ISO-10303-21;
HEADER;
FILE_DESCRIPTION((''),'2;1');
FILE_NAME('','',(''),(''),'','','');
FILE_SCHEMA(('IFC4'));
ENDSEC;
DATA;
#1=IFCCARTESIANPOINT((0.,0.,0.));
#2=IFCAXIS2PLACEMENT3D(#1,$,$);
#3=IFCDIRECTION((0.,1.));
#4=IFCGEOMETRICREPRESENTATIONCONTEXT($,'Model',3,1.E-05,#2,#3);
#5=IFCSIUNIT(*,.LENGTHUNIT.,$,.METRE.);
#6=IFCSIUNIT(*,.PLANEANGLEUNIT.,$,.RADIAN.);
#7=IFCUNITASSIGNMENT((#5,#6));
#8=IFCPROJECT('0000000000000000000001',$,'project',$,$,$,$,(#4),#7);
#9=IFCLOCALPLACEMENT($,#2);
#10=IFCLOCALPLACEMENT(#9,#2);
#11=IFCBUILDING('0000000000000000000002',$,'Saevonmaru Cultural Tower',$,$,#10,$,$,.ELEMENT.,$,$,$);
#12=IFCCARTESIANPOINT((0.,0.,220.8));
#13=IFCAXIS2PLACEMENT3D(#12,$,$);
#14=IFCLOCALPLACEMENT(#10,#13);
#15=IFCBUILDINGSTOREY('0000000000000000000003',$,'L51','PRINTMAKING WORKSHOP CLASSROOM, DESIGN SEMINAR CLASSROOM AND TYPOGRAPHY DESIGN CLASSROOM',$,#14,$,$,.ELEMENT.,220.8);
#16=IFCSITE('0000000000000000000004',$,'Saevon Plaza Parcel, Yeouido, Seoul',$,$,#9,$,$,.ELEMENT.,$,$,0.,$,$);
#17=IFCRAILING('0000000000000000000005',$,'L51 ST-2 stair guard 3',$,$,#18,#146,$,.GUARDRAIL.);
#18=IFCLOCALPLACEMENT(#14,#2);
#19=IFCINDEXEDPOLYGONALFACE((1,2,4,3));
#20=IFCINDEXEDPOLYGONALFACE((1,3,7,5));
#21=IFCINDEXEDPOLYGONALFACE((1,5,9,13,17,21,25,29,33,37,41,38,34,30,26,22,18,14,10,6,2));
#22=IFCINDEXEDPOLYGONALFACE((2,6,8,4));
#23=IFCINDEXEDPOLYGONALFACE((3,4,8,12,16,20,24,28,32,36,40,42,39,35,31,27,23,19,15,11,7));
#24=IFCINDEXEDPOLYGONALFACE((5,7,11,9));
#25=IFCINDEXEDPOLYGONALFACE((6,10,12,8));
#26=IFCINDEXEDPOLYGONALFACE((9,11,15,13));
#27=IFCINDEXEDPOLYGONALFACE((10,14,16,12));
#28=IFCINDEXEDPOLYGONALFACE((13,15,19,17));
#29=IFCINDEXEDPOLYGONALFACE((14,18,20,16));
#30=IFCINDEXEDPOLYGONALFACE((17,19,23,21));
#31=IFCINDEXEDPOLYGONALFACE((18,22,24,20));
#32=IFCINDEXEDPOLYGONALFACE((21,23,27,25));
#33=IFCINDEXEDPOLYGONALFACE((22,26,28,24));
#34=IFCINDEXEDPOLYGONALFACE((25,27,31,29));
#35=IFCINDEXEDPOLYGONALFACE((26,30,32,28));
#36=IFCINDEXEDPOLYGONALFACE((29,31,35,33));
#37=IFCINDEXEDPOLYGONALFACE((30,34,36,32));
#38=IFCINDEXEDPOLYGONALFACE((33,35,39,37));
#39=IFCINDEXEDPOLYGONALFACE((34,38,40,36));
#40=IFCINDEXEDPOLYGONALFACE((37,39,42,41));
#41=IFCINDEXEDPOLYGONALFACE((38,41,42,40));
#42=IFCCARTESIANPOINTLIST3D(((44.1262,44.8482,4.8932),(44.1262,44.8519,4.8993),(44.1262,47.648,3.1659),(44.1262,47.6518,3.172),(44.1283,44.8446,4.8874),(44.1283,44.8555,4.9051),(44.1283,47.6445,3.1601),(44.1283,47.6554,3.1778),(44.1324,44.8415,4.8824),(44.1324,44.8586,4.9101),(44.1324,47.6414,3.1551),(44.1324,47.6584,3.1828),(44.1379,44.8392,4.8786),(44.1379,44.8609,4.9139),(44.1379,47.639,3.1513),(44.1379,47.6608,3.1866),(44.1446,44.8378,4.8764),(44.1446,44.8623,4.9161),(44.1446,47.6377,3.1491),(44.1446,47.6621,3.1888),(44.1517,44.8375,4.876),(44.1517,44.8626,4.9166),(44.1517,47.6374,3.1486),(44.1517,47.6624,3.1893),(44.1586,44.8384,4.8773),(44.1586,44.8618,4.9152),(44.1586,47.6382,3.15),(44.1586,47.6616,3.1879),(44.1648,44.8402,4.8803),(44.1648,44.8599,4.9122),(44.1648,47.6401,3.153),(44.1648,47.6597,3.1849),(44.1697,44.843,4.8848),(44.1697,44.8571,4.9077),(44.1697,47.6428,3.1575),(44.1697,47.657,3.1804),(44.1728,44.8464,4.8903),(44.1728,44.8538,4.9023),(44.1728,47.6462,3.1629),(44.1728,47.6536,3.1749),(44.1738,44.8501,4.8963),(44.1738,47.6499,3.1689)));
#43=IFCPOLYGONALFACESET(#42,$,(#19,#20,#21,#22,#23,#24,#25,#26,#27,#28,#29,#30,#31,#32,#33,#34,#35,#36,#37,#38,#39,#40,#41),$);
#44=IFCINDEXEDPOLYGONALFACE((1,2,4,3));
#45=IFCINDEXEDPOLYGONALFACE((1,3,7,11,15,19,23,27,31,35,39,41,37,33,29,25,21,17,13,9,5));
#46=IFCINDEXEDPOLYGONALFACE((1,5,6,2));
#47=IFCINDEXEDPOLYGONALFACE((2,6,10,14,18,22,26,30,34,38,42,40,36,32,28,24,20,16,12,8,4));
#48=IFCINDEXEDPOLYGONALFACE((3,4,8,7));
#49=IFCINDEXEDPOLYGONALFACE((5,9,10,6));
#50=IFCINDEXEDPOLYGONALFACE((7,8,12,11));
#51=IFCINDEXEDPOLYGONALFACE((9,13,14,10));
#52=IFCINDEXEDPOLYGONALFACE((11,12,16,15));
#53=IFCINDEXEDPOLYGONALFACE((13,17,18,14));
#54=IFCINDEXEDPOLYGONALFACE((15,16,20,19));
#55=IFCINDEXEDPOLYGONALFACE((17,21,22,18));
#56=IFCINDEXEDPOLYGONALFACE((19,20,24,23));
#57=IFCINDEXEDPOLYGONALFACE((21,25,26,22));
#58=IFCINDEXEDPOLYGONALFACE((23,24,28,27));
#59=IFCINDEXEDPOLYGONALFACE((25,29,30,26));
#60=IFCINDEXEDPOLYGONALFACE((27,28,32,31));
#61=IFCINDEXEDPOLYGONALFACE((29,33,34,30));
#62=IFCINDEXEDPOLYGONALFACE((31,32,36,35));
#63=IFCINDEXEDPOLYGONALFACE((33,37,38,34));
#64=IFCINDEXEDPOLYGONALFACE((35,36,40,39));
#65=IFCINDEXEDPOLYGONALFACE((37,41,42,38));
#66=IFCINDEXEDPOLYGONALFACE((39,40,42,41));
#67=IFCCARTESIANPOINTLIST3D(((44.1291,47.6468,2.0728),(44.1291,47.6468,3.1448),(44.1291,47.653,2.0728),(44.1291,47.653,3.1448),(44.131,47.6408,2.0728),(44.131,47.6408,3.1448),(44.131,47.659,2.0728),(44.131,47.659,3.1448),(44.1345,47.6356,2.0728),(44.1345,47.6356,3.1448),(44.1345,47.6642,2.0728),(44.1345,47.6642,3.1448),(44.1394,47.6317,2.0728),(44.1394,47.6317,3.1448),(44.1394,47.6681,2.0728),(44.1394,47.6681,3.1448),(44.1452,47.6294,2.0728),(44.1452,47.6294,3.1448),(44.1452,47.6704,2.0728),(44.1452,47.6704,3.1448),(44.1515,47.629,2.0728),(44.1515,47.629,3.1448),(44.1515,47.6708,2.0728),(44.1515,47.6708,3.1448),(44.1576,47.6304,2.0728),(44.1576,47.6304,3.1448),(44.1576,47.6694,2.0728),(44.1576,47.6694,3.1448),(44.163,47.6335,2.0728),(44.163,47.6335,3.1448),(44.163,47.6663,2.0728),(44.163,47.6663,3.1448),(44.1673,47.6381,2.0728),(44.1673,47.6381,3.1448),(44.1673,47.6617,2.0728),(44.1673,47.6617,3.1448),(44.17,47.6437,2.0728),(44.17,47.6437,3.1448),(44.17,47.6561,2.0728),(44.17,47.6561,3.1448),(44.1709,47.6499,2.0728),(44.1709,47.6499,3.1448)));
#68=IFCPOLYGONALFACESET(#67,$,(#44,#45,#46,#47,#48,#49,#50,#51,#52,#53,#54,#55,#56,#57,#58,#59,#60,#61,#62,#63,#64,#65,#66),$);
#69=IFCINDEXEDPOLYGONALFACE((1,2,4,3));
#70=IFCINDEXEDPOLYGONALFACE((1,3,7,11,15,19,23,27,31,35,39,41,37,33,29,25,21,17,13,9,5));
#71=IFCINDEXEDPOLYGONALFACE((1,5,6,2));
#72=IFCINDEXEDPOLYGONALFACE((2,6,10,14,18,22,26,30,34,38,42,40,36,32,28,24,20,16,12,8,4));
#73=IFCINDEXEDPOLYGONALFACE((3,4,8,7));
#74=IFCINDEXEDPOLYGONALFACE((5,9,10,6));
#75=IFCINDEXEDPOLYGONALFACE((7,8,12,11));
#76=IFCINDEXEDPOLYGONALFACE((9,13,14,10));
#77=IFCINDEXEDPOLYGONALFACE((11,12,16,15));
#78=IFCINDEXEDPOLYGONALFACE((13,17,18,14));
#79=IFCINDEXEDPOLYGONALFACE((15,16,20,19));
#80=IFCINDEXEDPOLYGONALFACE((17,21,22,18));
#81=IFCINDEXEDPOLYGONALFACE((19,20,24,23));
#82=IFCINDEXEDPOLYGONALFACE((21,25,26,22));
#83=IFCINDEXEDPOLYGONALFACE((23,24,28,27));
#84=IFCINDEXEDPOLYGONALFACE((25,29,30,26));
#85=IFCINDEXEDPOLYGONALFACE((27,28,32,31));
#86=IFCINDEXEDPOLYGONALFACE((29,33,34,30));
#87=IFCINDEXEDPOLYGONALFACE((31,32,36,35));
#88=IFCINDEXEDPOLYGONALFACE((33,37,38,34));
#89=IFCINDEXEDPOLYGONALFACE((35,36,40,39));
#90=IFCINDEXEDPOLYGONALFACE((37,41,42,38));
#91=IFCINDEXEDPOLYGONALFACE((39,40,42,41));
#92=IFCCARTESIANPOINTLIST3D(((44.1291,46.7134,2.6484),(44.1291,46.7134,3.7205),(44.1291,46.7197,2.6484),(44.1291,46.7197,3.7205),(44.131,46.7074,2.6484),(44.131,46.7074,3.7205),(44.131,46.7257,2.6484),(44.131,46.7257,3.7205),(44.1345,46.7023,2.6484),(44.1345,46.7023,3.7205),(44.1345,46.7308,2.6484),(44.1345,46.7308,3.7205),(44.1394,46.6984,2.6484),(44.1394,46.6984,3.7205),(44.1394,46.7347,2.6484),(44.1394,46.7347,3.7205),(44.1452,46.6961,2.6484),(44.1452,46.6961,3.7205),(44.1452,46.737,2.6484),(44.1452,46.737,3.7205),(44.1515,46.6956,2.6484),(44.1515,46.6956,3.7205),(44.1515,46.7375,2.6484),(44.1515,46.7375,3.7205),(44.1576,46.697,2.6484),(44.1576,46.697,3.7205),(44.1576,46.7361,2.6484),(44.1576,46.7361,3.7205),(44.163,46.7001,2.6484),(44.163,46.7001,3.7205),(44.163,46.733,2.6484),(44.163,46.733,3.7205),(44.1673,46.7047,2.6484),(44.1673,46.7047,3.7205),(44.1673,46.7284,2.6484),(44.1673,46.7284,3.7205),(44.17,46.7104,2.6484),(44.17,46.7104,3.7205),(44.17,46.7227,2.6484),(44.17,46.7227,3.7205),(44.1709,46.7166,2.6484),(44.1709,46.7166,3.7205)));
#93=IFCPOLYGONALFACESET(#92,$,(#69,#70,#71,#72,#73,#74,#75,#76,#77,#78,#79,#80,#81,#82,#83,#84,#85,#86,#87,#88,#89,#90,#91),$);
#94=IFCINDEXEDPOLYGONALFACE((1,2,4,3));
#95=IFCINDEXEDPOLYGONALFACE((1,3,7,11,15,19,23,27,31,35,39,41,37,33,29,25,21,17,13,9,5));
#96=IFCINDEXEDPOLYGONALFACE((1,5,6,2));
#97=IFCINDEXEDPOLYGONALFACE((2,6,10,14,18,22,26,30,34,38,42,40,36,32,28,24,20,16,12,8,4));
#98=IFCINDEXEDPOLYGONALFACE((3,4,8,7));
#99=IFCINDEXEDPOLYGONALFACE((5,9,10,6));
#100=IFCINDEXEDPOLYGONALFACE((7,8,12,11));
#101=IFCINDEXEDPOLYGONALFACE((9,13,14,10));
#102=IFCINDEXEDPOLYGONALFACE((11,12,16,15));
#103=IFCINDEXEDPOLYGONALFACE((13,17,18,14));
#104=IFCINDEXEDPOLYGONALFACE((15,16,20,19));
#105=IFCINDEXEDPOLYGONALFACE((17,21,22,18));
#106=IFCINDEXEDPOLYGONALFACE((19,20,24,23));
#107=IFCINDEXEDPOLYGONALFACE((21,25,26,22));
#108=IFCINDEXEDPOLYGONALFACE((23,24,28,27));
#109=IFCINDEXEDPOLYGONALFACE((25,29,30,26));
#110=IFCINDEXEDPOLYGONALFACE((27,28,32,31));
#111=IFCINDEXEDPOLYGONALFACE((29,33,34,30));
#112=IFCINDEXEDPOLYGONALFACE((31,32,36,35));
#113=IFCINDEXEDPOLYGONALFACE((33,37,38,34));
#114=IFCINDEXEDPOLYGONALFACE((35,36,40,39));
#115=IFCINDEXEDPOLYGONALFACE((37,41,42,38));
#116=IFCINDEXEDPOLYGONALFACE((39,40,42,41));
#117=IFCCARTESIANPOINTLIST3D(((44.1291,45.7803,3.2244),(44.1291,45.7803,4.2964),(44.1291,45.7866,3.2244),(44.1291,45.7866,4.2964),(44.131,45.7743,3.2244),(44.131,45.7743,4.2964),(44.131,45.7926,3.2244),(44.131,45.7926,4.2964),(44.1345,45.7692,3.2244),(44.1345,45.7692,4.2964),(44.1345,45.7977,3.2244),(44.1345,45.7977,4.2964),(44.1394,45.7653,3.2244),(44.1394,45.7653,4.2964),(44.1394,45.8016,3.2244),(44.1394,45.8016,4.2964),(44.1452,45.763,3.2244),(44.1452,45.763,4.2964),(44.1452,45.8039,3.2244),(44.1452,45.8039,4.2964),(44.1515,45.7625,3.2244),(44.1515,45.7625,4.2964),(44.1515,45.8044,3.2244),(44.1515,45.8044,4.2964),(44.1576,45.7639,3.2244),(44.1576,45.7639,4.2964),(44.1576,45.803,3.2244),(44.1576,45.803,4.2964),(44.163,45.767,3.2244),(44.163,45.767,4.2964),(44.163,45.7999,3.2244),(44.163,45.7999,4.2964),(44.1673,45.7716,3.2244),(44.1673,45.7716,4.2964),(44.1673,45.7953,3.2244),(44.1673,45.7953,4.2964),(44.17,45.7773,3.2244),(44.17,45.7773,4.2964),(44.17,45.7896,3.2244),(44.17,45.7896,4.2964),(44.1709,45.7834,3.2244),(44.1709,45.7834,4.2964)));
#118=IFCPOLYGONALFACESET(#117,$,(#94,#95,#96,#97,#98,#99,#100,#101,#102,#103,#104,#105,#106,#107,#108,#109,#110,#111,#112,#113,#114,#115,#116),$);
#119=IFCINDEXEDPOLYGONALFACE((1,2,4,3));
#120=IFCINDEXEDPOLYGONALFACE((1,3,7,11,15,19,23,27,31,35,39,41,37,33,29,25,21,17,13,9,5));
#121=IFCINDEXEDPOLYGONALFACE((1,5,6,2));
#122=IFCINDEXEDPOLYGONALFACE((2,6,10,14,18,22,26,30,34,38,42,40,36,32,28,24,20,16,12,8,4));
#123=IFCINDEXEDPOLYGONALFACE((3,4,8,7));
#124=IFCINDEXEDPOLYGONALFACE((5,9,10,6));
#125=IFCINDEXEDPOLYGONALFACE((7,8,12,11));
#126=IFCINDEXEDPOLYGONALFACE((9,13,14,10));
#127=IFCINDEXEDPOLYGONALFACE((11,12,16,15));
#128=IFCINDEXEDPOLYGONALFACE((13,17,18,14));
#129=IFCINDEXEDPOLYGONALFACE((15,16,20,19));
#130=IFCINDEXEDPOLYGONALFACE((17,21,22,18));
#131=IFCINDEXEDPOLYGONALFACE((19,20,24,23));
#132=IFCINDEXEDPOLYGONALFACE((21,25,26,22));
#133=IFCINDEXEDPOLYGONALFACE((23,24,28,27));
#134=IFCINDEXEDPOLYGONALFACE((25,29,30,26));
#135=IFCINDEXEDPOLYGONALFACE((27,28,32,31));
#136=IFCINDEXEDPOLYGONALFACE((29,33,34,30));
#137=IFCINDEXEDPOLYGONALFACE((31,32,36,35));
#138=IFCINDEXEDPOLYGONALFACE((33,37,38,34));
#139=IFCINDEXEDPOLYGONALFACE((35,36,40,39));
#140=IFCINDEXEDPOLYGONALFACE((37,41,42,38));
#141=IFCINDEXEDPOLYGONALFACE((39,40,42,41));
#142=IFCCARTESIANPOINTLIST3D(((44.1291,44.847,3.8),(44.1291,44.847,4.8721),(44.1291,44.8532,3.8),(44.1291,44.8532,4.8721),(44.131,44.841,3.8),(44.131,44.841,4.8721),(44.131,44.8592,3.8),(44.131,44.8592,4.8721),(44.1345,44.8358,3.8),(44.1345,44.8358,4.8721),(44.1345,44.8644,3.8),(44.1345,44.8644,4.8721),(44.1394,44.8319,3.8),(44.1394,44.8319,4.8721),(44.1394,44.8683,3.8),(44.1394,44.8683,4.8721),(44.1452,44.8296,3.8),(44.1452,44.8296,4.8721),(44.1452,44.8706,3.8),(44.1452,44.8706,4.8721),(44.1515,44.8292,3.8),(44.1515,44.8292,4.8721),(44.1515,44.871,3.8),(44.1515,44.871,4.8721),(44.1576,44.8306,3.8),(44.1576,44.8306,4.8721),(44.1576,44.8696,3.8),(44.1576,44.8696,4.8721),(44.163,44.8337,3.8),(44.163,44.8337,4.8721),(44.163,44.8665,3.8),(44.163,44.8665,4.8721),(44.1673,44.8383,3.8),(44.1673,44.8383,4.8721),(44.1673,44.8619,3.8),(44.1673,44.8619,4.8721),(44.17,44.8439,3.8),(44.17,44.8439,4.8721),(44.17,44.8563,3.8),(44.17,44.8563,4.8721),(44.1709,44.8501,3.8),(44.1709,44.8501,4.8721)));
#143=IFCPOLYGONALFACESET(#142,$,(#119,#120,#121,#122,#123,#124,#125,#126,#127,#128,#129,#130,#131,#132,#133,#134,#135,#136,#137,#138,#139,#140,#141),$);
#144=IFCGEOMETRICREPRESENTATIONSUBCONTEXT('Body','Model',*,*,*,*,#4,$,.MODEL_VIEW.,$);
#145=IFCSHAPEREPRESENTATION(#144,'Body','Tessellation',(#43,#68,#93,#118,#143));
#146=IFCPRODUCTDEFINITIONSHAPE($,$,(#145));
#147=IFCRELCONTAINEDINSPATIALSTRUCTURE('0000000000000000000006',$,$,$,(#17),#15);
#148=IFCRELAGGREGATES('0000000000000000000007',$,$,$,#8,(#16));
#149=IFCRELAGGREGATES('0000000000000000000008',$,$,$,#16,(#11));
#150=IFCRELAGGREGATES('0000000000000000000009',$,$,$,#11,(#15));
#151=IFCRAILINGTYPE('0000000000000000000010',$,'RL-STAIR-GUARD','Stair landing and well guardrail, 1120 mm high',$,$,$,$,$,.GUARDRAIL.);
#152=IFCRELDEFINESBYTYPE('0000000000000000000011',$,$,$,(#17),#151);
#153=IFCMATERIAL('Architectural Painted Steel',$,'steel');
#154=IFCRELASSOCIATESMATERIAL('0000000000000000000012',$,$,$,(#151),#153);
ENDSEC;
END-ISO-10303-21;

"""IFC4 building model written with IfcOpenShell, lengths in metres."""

from ifc_helpers import new_model, si_unit, direction, frame, origin, origin_2d, place, context, subcontext, project, spatial, circle, extrude, material, type_object, element, save


model = new_model("IFC4")

# Units and contexts
model_context = context("Model", 3, precision=1e-05, world=origin(), true_north=direction((0.0, 1.0)))
body_context = subcontext(model_context, "Body", "Model", "MODEL_VIEW")
ifc_project = project(units=[si_unit("LENGTHUNIT", "METRE"), si_unit("PLANEANGLEUNIT", "RADIAN")], contexts=[model_context])

# Site, building, storey
site_placement = place(None, origin())
site = spatial("IfcSite", under=ifc_project, at=site_placement, Name="Saevon Plaza Parcel, Yeouido, Seoul", CompositionType="ELEMENT", RefElevation=0.0)
building_placement = place(site_placement, origin())
building = spatial("IfcBuilding", under=site, at=building_placement, Name="Saevonmaru Cultural Tower", CompositionType="ELEMENT")
storey_placement = place(building_placement, frame((0.0, 0.0, 220.8)))
storey = spatial("IfcBuildingStorey", under=building, at=storey_placement, Name="L51", Description="PRINTMAKING WORKSHOP CLASSROOM, DESIGN SEMINAR CLASSROOM AND TYPOGRAPHY DESIGN CLASSROOM", CompositionType="ELEMENT", Elevation=220.8)

# Railing
ifc_material_1 = material(Name="Architectural Painted Steel", Category="steel")
railing_type_1 = type_object("IfcRailingType", Name="RL-STAIR-GUARD", Description="Stair landing and well guardrail, 1120 mm high", PredefinedType="GUARDRAIL", material=ifc_material_1)
railing_1_placement = place(storey_placement, frame((44.1499, 47.6499, 2.0728)))
element("IfcRailing", 1, at=railing_1_placement, inside=storey, type_object=railing_type_1, Name="L51 ST-2 stair guard 3", PredefinedType="GUARDRAIL", context=body_context, shape_type="SweptSolid", body=[
    extrude(circle(Radius=0.0239, at=origin_2d()), frame((0.0, 0.0, 1.0962), z_axis=(0.0, -0.851069, 0.525054), x_axis=(1.0, 0.0, 0.0)), (0.0, 0.0, 1.0), 3.2898),
    extrude(circle(Radius=0.021, at=origin_2d()), origin(), (0.0, 0.0, 1.0), 1.072),
    extrude(circle(Radius=0.021, at=origin_2d()), frame((0.0, -0.9333, 0.5757)), (0.0, 0.0, 1.0), 1.072),
    extrude(circle(Radius=0.021, at=origin_2d()), frame((0.0, -1.8665, 1.1516)), (0.0, 0.0, 1.0), 1.072),
    extrude(circle(Radius=0.021, at=origin_2d()), frame((0.0, -2.7998, 1.7273)), (0.0, 0.0, 1.0), 1.072),
])

save(model, "model.ifc")
